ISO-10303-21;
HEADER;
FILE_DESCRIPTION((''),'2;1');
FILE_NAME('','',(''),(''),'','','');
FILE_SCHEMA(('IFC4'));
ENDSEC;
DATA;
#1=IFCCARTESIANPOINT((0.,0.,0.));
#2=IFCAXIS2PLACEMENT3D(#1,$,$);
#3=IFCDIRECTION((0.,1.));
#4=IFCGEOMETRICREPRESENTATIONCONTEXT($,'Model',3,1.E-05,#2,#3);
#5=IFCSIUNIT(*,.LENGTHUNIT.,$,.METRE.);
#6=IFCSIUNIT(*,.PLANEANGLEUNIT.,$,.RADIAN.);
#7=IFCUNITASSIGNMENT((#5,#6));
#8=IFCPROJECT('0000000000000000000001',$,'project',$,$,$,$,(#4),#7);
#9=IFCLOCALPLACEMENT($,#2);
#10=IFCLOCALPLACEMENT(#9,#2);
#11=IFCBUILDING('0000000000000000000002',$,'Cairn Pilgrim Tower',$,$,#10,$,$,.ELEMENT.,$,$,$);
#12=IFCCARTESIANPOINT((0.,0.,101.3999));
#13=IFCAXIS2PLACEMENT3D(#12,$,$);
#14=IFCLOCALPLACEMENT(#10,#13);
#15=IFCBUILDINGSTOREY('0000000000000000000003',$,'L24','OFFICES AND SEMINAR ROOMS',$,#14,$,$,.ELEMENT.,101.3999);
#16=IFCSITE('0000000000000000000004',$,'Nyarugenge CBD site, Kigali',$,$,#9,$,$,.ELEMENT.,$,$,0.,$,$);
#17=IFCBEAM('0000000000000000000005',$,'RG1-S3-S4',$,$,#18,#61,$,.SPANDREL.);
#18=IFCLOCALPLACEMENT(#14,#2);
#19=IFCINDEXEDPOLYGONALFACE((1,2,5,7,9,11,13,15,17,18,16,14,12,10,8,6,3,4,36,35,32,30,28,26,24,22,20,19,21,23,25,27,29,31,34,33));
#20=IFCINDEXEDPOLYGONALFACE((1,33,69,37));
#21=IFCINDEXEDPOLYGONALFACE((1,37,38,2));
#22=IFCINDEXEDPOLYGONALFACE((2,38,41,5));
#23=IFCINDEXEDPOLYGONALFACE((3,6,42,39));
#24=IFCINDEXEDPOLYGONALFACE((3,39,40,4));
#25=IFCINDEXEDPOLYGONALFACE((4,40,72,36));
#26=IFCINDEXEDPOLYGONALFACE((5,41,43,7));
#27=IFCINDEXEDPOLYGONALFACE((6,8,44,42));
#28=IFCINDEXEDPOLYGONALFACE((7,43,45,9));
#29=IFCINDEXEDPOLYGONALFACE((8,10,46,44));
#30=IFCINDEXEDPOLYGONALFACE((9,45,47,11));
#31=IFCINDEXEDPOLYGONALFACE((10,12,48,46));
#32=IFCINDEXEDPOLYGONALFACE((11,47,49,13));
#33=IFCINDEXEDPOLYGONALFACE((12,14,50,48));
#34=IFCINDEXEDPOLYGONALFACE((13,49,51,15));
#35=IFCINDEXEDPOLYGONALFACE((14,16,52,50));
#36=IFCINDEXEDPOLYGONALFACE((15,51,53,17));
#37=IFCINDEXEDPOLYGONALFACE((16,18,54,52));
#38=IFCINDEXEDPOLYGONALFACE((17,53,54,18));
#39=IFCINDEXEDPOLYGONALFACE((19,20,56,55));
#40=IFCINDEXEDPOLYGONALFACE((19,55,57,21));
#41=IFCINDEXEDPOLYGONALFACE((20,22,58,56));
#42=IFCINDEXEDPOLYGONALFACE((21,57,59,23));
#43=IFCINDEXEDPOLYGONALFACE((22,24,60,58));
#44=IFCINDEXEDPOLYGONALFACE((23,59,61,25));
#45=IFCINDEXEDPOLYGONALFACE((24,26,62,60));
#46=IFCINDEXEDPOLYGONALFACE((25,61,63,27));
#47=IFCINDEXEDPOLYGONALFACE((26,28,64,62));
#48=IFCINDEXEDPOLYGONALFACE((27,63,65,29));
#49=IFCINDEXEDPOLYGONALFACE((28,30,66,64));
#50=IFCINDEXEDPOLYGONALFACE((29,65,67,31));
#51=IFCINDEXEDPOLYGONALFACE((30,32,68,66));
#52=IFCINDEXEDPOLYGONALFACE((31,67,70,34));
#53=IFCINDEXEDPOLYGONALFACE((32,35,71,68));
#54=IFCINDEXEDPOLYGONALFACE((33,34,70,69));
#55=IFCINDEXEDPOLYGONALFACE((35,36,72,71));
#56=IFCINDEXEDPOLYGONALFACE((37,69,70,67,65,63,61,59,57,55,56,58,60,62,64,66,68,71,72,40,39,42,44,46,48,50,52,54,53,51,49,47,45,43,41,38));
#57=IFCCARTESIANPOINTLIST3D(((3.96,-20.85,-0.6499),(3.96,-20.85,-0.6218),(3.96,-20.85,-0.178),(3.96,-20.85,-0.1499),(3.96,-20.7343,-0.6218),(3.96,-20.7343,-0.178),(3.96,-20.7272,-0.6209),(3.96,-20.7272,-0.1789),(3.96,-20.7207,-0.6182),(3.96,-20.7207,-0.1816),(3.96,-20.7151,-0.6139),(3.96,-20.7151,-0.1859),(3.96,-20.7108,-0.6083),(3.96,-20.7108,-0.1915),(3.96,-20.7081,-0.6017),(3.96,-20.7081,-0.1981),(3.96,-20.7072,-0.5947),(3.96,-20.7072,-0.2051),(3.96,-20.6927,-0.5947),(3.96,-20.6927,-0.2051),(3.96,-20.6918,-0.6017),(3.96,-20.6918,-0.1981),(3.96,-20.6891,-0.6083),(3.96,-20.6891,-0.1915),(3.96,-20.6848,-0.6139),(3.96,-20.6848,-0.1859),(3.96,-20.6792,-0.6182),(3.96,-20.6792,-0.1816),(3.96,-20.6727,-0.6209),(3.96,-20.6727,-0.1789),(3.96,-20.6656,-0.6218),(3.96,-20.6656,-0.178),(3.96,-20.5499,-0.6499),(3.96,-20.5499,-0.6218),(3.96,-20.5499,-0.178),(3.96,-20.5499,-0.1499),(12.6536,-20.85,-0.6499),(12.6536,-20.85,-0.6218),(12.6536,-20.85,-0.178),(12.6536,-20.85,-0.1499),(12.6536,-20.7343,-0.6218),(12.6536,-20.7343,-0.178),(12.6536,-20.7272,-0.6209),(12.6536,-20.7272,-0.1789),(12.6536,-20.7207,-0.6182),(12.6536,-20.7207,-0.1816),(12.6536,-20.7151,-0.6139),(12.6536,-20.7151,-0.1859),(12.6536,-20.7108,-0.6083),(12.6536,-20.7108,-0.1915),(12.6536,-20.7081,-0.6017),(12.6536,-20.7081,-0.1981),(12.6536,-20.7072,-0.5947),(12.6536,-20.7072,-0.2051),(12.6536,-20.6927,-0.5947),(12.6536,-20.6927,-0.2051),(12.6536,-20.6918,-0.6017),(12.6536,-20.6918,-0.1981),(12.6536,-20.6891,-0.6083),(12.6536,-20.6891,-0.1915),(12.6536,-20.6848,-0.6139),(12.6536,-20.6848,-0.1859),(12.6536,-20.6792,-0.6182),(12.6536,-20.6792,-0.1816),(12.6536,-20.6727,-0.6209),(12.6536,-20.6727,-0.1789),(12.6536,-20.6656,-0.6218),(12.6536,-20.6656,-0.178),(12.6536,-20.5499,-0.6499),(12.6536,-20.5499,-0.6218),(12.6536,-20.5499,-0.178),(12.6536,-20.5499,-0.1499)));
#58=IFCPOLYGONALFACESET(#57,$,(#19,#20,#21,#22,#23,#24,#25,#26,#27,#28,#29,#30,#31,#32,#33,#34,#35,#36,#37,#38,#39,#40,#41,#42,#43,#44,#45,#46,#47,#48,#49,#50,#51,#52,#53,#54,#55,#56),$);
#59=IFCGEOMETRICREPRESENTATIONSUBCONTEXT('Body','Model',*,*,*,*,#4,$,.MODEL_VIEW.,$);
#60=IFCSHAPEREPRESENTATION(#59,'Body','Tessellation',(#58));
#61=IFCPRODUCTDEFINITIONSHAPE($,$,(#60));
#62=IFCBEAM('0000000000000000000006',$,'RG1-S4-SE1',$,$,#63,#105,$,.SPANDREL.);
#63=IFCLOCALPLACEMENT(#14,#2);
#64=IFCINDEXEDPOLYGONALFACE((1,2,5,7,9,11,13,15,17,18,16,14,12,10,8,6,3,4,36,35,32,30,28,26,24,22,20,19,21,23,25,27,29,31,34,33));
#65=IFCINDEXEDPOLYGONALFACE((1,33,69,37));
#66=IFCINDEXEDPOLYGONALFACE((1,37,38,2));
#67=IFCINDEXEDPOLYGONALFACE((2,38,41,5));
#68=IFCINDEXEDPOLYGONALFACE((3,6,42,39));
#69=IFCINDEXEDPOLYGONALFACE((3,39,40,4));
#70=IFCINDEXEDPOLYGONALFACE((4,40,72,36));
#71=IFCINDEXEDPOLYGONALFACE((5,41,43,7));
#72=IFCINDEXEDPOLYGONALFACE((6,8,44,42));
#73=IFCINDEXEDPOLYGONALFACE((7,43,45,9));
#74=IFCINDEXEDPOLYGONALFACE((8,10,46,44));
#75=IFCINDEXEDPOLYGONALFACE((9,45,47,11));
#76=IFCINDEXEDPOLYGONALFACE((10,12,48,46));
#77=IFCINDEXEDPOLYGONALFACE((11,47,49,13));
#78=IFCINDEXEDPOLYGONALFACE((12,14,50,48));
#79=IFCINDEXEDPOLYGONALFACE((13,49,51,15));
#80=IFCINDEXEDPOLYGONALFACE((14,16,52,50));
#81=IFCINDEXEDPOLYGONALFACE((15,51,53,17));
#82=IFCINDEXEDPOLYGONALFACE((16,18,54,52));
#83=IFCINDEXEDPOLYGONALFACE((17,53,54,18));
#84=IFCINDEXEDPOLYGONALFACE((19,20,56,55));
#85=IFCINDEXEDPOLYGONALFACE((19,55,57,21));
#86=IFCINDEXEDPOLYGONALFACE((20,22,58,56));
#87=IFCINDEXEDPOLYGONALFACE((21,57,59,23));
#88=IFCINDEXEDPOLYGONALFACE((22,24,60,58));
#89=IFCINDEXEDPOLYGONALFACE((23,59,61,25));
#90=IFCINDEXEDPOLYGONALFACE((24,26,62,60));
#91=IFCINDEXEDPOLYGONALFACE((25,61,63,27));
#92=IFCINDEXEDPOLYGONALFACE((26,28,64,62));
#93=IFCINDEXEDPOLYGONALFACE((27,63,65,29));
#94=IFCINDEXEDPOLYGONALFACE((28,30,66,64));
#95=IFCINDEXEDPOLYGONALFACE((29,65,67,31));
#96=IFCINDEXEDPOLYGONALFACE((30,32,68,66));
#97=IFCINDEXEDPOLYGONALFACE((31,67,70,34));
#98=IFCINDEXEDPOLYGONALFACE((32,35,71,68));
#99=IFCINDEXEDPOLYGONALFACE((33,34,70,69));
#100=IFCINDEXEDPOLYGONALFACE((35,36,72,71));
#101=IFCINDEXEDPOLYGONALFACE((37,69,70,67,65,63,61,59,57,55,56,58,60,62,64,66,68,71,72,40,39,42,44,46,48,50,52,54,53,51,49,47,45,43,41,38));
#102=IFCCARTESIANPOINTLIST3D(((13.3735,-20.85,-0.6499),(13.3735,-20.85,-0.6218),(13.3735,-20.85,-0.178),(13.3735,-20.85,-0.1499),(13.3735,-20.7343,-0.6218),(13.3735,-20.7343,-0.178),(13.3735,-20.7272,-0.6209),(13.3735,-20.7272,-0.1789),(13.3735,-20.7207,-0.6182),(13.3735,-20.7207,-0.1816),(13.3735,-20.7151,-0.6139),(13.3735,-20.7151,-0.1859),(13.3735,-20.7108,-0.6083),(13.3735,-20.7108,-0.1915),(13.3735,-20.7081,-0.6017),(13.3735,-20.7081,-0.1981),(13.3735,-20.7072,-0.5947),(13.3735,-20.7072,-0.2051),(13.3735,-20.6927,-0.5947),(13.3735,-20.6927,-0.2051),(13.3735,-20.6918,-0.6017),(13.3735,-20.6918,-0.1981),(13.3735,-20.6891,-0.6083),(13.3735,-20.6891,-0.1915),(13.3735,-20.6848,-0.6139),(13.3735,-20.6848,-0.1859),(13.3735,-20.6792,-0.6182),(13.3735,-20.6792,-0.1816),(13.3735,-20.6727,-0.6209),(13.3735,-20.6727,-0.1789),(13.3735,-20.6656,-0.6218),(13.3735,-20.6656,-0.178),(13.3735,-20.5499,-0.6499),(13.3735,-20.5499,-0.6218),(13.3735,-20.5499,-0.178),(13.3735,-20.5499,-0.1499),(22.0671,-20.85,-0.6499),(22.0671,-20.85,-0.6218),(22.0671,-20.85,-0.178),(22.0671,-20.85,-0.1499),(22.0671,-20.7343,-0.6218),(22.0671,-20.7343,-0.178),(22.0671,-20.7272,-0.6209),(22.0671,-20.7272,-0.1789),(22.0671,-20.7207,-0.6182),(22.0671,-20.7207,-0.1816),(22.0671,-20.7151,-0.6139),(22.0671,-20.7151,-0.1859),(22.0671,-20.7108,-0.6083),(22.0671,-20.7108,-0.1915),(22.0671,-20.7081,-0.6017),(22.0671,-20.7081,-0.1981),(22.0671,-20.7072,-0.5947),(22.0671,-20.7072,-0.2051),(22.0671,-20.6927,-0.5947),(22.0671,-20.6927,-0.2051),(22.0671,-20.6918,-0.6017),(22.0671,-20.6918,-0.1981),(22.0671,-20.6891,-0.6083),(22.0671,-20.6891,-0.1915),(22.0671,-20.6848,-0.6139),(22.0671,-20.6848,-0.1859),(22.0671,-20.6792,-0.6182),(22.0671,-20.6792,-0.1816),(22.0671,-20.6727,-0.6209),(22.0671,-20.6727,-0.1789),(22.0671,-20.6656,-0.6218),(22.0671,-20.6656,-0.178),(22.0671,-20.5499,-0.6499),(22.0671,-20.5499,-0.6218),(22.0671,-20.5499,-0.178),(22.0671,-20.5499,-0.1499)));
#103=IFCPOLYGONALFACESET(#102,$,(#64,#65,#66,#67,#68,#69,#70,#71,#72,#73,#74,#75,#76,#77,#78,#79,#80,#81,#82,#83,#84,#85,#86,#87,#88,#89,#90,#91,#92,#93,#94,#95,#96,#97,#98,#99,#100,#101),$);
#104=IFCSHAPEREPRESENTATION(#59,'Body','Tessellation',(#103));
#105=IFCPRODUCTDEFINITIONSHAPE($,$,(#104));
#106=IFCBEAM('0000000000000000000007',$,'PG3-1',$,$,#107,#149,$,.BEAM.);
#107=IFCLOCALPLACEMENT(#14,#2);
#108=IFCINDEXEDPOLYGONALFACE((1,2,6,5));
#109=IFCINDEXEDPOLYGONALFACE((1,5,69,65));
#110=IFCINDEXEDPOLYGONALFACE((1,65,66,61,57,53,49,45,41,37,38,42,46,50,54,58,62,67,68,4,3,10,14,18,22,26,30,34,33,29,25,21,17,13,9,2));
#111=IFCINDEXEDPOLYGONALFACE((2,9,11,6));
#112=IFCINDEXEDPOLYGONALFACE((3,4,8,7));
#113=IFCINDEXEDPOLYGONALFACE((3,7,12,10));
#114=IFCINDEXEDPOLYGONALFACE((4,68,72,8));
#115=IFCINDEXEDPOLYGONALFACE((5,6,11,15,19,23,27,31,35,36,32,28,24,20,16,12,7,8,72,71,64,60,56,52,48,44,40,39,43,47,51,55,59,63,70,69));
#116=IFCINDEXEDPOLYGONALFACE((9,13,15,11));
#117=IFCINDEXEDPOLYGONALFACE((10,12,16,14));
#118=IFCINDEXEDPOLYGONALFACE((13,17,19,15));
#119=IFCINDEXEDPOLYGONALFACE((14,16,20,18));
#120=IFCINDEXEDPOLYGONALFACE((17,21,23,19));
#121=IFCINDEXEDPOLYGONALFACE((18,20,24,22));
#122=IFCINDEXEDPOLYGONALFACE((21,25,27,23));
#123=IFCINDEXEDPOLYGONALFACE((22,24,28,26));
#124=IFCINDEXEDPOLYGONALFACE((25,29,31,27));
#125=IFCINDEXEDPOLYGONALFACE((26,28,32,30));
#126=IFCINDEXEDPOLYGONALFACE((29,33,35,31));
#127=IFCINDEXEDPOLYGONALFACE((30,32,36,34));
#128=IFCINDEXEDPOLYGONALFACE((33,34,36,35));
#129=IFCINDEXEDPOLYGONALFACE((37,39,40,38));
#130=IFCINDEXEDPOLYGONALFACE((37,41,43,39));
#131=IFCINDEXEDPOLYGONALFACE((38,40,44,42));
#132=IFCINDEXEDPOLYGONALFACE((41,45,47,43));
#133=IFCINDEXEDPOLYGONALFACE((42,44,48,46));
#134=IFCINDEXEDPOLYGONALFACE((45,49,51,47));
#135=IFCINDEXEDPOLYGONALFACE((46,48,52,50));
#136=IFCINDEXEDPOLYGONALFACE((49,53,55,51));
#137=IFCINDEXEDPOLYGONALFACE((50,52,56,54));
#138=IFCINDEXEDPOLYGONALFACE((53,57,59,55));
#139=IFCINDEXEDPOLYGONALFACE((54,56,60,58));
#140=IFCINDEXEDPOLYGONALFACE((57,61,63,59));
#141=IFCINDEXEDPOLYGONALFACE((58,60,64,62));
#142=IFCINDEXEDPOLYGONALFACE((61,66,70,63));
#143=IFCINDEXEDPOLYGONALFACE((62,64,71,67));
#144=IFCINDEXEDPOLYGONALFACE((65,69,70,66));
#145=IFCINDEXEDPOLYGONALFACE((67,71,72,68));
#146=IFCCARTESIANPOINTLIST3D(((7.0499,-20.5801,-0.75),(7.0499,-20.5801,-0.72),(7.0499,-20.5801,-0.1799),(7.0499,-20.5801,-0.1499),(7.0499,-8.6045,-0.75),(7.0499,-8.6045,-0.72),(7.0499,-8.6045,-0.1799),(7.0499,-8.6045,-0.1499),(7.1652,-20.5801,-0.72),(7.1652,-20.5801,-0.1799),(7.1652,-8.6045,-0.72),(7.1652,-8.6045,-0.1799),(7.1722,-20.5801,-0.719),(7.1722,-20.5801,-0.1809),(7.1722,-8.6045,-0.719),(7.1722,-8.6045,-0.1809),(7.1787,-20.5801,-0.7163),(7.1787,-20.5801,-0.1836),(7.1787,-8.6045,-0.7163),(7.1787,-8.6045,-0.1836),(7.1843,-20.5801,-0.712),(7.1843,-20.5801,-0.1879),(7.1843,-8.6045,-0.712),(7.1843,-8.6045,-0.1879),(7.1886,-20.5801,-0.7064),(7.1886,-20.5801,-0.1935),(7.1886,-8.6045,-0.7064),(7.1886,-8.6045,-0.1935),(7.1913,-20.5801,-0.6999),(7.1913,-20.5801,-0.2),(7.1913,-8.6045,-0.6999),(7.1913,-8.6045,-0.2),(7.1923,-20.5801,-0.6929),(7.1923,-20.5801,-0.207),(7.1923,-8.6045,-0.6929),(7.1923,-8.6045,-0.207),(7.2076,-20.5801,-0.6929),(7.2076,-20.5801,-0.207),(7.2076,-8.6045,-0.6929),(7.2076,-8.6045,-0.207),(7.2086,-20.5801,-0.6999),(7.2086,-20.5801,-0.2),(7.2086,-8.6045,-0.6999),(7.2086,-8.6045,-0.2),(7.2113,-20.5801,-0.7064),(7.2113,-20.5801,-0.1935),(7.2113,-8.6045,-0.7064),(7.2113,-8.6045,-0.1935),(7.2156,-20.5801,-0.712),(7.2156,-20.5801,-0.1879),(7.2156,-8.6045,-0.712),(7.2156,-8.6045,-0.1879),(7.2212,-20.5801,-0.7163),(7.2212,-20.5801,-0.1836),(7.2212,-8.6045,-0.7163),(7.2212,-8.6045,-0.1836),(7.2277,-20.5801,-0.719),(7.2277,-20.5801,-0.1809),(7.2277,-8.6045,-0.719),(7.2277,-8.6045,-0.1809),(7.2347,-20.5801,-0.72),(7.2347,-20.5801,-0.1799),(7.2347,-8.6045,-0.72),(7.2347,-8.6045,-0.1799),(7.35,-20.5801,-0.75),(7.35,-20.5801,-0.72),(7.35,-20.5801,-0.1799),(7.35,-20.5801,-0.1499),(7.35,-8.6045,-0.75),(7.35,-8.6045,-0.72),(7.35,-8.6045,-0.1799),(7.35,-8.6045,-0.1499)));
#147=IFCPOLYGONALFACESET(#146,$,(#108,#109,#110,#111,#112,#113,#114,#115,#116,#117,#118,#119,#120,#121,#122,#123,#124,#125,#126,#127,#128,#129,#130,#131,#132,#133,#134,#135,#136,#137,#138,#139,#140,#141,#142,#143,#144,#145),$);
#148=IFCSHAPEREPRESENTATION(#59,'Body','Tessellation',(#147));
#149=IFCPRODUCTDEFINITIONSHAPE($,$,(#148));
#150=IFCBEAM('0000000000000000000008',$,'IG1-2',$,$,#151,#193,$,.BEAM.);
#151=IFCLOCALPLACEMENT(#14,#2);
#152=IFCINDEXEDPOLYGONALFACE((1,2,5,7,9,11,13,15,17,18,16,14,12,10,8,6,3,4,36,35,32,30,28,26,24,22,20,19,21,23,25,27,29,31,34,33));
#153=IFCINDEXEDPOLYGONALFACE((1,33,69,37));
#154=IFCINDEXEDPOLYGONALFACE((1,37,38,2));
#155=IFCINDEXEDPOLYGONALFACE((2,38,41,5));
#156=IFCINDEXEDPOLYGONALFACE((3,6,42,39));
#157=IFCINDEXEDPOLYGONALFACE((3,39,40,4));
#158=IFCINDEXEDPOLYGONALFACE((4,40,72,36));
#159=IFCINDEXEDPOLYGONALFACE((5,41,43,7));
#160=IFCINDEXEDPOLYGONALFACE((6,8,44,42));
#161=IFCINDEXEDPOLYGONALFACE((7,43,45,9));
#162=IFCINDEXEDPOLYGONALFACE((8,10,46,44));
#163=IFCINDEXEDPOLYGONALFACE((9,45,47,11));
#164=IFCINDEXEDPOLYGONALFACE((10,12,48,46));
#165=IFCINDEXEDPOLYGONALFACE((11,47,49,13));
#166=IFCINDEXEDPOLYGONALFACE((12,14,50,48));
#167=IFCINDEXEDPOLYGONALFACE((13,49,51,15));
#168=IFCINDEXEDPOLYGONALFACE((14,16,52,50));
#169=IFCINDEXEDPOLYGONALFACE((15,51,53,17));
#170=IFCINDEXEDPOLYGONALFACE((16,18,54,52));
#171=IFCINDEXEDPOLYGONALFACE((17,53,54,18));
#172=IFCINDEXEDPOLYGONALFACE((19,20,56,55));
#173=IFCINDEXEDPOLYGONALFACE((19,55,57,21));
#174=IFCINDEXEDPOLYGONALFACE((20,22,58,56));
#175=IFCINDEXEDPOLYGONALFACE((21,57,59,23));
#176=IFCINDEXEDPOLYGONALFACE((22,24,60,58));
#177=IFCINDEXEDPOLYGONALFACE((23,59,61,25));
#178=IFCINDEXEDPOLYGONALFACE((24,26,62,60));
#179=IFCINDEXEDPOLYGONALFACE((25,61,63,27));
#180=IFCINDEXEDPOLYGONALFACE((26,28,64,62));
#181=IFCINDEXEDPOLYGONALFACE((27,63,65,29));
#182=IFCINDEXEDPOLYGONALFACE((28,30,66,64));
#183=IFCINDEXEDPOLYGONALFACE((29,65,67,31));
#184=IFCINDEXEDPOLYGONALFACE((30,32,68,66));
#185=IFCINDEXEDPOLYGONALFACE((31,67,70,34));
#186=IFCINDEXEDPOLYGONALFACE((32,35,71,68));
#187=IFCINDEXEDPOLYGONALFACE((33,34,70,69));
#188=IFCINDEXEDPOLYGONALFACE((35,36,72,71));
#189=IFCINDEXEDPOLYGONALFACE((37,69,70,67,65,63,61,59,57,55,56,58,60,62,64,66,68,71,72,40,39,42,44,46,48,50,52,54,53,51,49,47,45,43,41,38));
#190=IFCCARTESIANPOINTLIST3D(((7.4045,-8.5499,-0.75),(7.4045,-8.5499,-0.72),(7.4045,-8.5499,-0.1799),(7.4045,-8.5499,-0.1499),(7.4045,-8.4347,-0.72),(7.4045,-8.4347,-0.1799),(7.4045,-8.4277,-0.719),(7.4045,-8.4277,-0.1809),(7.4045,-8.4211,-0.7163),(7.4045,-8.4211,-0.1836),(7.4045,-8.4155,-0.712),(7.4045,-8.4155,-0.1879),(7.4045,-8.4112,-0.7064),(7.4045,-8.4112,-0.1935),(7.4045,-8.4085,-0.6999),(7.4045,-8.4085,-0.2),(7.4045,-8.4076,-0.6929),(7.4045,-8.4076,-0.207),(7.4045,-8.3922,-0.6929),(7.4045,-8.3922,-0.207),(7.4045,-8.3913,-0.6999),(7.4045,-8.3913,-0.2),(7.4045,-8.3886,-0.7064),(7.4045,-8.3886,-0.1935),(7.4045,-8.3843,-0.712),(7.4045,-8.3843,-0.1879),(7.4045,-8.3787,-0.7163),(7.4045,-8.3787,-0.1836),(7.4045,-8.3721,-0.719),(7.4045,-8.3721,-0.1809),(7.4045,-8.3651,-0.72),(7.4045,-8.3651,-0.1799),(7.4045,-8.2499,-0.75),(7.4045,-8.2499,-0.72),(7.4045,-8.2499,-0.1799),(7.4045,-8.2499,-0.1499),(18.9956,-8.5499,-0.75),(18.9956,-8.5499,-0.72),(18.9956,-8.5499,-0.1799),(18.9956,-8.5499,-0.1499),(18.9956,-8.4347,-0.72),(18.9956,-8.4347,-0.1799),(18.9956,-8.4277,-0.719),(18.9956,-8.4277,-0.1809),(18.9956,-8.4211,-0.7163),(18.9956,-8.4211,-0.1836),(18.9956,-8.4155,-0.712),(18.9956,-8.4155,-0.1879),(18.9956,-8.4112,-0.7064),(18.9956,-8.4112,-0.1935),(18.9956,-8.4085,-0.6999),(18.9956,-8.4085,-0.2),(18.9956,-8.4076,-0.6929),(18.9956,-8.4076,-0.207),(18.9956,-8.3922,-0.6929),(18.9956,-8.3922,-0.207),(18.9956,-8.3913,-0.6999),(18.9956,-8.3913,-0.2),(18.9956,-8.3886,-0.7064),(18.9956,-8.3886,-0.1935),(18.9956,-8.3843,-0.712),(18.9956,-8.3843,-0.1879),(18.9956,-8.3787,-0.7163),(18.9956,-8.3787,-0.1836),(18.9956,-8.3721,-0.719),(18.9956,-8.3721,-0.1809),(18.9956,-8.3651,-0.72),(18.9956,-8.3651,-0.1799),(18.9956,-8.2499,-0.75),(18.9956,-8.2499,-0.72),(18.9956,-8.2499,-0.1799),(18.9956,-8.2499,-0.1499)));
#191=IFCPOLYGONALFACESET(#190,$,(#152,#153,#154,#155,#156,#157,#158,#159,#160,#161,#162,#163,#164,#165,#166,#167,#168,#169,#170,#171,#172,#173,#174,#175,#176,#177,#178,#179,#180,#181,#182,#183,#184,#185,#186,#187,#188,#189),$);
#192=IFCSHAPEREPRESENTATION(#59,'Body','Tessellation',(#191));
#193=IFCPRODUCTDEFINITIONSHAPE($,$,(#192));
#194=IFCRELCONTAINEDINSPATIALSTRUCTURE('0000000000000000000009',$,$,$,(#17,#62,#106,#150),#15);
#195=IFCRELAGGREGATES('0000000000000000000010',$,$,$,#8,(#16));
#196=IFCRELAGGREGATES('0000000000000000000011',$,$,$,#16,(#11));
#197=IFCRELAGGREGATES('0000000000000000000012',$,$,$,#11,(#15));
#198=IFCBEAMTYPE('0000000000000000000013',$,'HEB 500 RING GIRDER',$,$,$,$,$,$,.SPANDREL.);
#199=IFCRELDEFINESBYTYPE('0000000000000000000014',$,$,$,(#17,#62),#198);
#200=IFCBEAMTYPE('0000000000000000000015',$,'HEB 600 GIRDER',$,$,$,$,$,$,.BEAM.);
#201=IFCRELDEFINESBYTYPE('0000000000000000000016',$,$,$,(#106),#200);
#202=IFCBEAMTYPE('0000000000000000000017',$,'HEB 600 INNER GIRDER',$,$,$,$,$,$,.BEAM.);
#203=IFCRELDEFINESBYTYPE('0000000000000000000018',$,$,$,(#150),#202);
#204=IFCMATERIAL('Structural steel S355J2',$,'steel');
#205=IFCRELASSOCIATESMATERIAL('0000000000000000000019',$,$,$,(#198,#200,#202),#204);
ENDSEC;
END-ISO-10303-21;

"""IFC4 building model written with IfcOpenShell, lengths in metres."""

from ifc_helpers import new_model, si_unit, direction, frame, origin, origin_2d, place, context, subcontext, project, spatial, i_section, extrude, material, material_profile, profile_set, type_object, element, save


model = new_model("IFC4")

# Units and contexts
model_context = context("Model", 3, precision=1e-05, world=origin(), true_north=direction((0.0, 1.0)))
body_context = subcontext(model_context, "Body", "Model", "MODEL_VIEW")
ifc_project = project(units=[si_unit("LENGTHUNIT", "METRE"), si_unit("PLANEANGLEUNIT", "RADIAN")], contexts=[model_context])

# Site, building, storey
site_placement = place(None, origin())
site = spatial("IfcSite", under=ifc_project, at=site_placement, Name="Nyarugenge CBD site, Kigali", CompositionType="ELEMENT", RefElevation=0.0)
building_placement = place(site_placement, origin())
building = spatial("IfcBuilding", under=site, at=building_placement, Name="Cairn Pilgrim Tower", CompositionType="ELEMENT")
storey_placement = place(building_placement, frame((0.0, 0.0, 101.3999)))
storey = spatial("IfcBuildingStorey", under=building, at=storey_placement, Name="L24", Description="OFFICES AND SEMINAR ROOMS", CompositionType="ELEMENT", Elevation=101.3999)

# Beams
ifc_material_1 = material(Name="Structural steel S355J2", Category="steel")
ifc_material_profile_1 = material_profile(ifc_material_1, i_section(OverallWidth=0.3, OverallDepth=0.5, WebThickness=0.0144, FlangeThickness=0.0281, FilletRadius=0.0271, at=origin_2d()), Name="HEB 500")
ifc_profile_set_1 = profile_set([ifc_material_profile_1], Name="Structural steel S355J2")
beam_type_1 = type_object("IfcBeamType", Name="HEB 500 RING GIRDER", PredefinedType="SPANDREL", material=ifc_profile_set_1)
for number, where, z_axis, x_axis, name in (
    (1, (3.96, -20.7, -0.3999), (1.0, 0.0, 0.0), (0.0, 1.0, 0.0), "RG1-S3-S4"),
    (2, (13.3735, -20.7, -0.3999), (1.0, 0.0, 0.0), (0.0, 1.0, 0.0), "RG1-S4-SE1"),
):
    element("IfcBeam", number, at=place(storey_placement, frame(where, z_axis=z_axis, x_axis=x_axis)), inside=storey, type_object=beam_type_1, Name=name, PredefinedType="SPANDREL", context=body_context, shape_type="SweptSolid", body=[
        extrude(i_section(OverallWidth=0.3, OverallDepth=0.5, WebThickness=0.0144, FlangeThickness=0.0281, FilletRadius=0.0271, at=origin_2d()), origin(), (0.0, 0.0, 1.0), 8.6936),
    ])
ifc_material_profile_2 = material_profile(ifc_material_1, i_section(OverallWidth=0.3, OverallDepth=0.6001, WebThickness=0.0154, FlangeThickness=0.03, FilletRadius=0.0271, at=origin_2d()), Name="HEB 600")
ifc_profile_set_2 = profile_set([ifc_material_profile_2], Name="Structural steel S355J2")
beam_type_2 = type_object("IfcBeamType", Name="HEB 600 GIRDER", PredefinedType="BEAM", material=ifc_profile_set_2)
beam_1_placement = place(storey_placement, frame((7.2, -20.5801, -0.45), z_axis=(0.0, 1.0, 0.0), x_axis=(-1.0, 0.0, 0.0)))
element("IfcBeam", 3, at=beam_1_placement, inside=storey, type_object=beam_type_2, Name="PG3-1", PredefinedType="BEAM", context=body_context, shape_type="SweptSolid", body=[
    extrude(i_section(OverallWidth=0.3, OverallDepth=0.6001, WebThickness=0.0154, FlangeThickness=0.03, FilletRadius=0.0271, at=origin_2d()), origin(), (0.0, 0.0, 1.0), 11.9756),
])
ifc_material_profile_3 = material_profile(ifc_material_1, i_section(OverallWidth=0.3, OverallDepth=0.6001, WebThickness=0.0154, FlangeThickness=0.03, FilletRadius=0.0271, at=origin_2d()), Name="HEB 600")
ifc_profile_set_3 = profile_set([ifc_material_profile_3], Name="Structural steel S355J2")
beam_type_3 = type_object("IfcBeamType", Name="HEB 600 INNER GIRDER", PredefinedType="BEAM", material=ifc_profile_set_3)
beam_2_placement = place(storey_placement, frame((7.4045, -8.3999, -0.45), z_axis=(1.0, 0.0, 0.0), x_axis=(0.0, 1.0, 0.0)))
element("IfcBeam", 4, at=beam_2_placement, inside=storey, type_object=beam_type_3, Name="IG1-2", PredefinedType="BEAM", context=body_context, shape_type="SweptSolid", body=[
    extrude(i_section(OverallWidth=0.3, OverallDepth=0.6001, WebThickness=0.0154, FlangeThickness=0.03, FilletRadius=0.0271, at=origin_2d()), origin(), (0.0, 0.0, 1.0), 11.5911),
])

save(model, "model.ifc")
